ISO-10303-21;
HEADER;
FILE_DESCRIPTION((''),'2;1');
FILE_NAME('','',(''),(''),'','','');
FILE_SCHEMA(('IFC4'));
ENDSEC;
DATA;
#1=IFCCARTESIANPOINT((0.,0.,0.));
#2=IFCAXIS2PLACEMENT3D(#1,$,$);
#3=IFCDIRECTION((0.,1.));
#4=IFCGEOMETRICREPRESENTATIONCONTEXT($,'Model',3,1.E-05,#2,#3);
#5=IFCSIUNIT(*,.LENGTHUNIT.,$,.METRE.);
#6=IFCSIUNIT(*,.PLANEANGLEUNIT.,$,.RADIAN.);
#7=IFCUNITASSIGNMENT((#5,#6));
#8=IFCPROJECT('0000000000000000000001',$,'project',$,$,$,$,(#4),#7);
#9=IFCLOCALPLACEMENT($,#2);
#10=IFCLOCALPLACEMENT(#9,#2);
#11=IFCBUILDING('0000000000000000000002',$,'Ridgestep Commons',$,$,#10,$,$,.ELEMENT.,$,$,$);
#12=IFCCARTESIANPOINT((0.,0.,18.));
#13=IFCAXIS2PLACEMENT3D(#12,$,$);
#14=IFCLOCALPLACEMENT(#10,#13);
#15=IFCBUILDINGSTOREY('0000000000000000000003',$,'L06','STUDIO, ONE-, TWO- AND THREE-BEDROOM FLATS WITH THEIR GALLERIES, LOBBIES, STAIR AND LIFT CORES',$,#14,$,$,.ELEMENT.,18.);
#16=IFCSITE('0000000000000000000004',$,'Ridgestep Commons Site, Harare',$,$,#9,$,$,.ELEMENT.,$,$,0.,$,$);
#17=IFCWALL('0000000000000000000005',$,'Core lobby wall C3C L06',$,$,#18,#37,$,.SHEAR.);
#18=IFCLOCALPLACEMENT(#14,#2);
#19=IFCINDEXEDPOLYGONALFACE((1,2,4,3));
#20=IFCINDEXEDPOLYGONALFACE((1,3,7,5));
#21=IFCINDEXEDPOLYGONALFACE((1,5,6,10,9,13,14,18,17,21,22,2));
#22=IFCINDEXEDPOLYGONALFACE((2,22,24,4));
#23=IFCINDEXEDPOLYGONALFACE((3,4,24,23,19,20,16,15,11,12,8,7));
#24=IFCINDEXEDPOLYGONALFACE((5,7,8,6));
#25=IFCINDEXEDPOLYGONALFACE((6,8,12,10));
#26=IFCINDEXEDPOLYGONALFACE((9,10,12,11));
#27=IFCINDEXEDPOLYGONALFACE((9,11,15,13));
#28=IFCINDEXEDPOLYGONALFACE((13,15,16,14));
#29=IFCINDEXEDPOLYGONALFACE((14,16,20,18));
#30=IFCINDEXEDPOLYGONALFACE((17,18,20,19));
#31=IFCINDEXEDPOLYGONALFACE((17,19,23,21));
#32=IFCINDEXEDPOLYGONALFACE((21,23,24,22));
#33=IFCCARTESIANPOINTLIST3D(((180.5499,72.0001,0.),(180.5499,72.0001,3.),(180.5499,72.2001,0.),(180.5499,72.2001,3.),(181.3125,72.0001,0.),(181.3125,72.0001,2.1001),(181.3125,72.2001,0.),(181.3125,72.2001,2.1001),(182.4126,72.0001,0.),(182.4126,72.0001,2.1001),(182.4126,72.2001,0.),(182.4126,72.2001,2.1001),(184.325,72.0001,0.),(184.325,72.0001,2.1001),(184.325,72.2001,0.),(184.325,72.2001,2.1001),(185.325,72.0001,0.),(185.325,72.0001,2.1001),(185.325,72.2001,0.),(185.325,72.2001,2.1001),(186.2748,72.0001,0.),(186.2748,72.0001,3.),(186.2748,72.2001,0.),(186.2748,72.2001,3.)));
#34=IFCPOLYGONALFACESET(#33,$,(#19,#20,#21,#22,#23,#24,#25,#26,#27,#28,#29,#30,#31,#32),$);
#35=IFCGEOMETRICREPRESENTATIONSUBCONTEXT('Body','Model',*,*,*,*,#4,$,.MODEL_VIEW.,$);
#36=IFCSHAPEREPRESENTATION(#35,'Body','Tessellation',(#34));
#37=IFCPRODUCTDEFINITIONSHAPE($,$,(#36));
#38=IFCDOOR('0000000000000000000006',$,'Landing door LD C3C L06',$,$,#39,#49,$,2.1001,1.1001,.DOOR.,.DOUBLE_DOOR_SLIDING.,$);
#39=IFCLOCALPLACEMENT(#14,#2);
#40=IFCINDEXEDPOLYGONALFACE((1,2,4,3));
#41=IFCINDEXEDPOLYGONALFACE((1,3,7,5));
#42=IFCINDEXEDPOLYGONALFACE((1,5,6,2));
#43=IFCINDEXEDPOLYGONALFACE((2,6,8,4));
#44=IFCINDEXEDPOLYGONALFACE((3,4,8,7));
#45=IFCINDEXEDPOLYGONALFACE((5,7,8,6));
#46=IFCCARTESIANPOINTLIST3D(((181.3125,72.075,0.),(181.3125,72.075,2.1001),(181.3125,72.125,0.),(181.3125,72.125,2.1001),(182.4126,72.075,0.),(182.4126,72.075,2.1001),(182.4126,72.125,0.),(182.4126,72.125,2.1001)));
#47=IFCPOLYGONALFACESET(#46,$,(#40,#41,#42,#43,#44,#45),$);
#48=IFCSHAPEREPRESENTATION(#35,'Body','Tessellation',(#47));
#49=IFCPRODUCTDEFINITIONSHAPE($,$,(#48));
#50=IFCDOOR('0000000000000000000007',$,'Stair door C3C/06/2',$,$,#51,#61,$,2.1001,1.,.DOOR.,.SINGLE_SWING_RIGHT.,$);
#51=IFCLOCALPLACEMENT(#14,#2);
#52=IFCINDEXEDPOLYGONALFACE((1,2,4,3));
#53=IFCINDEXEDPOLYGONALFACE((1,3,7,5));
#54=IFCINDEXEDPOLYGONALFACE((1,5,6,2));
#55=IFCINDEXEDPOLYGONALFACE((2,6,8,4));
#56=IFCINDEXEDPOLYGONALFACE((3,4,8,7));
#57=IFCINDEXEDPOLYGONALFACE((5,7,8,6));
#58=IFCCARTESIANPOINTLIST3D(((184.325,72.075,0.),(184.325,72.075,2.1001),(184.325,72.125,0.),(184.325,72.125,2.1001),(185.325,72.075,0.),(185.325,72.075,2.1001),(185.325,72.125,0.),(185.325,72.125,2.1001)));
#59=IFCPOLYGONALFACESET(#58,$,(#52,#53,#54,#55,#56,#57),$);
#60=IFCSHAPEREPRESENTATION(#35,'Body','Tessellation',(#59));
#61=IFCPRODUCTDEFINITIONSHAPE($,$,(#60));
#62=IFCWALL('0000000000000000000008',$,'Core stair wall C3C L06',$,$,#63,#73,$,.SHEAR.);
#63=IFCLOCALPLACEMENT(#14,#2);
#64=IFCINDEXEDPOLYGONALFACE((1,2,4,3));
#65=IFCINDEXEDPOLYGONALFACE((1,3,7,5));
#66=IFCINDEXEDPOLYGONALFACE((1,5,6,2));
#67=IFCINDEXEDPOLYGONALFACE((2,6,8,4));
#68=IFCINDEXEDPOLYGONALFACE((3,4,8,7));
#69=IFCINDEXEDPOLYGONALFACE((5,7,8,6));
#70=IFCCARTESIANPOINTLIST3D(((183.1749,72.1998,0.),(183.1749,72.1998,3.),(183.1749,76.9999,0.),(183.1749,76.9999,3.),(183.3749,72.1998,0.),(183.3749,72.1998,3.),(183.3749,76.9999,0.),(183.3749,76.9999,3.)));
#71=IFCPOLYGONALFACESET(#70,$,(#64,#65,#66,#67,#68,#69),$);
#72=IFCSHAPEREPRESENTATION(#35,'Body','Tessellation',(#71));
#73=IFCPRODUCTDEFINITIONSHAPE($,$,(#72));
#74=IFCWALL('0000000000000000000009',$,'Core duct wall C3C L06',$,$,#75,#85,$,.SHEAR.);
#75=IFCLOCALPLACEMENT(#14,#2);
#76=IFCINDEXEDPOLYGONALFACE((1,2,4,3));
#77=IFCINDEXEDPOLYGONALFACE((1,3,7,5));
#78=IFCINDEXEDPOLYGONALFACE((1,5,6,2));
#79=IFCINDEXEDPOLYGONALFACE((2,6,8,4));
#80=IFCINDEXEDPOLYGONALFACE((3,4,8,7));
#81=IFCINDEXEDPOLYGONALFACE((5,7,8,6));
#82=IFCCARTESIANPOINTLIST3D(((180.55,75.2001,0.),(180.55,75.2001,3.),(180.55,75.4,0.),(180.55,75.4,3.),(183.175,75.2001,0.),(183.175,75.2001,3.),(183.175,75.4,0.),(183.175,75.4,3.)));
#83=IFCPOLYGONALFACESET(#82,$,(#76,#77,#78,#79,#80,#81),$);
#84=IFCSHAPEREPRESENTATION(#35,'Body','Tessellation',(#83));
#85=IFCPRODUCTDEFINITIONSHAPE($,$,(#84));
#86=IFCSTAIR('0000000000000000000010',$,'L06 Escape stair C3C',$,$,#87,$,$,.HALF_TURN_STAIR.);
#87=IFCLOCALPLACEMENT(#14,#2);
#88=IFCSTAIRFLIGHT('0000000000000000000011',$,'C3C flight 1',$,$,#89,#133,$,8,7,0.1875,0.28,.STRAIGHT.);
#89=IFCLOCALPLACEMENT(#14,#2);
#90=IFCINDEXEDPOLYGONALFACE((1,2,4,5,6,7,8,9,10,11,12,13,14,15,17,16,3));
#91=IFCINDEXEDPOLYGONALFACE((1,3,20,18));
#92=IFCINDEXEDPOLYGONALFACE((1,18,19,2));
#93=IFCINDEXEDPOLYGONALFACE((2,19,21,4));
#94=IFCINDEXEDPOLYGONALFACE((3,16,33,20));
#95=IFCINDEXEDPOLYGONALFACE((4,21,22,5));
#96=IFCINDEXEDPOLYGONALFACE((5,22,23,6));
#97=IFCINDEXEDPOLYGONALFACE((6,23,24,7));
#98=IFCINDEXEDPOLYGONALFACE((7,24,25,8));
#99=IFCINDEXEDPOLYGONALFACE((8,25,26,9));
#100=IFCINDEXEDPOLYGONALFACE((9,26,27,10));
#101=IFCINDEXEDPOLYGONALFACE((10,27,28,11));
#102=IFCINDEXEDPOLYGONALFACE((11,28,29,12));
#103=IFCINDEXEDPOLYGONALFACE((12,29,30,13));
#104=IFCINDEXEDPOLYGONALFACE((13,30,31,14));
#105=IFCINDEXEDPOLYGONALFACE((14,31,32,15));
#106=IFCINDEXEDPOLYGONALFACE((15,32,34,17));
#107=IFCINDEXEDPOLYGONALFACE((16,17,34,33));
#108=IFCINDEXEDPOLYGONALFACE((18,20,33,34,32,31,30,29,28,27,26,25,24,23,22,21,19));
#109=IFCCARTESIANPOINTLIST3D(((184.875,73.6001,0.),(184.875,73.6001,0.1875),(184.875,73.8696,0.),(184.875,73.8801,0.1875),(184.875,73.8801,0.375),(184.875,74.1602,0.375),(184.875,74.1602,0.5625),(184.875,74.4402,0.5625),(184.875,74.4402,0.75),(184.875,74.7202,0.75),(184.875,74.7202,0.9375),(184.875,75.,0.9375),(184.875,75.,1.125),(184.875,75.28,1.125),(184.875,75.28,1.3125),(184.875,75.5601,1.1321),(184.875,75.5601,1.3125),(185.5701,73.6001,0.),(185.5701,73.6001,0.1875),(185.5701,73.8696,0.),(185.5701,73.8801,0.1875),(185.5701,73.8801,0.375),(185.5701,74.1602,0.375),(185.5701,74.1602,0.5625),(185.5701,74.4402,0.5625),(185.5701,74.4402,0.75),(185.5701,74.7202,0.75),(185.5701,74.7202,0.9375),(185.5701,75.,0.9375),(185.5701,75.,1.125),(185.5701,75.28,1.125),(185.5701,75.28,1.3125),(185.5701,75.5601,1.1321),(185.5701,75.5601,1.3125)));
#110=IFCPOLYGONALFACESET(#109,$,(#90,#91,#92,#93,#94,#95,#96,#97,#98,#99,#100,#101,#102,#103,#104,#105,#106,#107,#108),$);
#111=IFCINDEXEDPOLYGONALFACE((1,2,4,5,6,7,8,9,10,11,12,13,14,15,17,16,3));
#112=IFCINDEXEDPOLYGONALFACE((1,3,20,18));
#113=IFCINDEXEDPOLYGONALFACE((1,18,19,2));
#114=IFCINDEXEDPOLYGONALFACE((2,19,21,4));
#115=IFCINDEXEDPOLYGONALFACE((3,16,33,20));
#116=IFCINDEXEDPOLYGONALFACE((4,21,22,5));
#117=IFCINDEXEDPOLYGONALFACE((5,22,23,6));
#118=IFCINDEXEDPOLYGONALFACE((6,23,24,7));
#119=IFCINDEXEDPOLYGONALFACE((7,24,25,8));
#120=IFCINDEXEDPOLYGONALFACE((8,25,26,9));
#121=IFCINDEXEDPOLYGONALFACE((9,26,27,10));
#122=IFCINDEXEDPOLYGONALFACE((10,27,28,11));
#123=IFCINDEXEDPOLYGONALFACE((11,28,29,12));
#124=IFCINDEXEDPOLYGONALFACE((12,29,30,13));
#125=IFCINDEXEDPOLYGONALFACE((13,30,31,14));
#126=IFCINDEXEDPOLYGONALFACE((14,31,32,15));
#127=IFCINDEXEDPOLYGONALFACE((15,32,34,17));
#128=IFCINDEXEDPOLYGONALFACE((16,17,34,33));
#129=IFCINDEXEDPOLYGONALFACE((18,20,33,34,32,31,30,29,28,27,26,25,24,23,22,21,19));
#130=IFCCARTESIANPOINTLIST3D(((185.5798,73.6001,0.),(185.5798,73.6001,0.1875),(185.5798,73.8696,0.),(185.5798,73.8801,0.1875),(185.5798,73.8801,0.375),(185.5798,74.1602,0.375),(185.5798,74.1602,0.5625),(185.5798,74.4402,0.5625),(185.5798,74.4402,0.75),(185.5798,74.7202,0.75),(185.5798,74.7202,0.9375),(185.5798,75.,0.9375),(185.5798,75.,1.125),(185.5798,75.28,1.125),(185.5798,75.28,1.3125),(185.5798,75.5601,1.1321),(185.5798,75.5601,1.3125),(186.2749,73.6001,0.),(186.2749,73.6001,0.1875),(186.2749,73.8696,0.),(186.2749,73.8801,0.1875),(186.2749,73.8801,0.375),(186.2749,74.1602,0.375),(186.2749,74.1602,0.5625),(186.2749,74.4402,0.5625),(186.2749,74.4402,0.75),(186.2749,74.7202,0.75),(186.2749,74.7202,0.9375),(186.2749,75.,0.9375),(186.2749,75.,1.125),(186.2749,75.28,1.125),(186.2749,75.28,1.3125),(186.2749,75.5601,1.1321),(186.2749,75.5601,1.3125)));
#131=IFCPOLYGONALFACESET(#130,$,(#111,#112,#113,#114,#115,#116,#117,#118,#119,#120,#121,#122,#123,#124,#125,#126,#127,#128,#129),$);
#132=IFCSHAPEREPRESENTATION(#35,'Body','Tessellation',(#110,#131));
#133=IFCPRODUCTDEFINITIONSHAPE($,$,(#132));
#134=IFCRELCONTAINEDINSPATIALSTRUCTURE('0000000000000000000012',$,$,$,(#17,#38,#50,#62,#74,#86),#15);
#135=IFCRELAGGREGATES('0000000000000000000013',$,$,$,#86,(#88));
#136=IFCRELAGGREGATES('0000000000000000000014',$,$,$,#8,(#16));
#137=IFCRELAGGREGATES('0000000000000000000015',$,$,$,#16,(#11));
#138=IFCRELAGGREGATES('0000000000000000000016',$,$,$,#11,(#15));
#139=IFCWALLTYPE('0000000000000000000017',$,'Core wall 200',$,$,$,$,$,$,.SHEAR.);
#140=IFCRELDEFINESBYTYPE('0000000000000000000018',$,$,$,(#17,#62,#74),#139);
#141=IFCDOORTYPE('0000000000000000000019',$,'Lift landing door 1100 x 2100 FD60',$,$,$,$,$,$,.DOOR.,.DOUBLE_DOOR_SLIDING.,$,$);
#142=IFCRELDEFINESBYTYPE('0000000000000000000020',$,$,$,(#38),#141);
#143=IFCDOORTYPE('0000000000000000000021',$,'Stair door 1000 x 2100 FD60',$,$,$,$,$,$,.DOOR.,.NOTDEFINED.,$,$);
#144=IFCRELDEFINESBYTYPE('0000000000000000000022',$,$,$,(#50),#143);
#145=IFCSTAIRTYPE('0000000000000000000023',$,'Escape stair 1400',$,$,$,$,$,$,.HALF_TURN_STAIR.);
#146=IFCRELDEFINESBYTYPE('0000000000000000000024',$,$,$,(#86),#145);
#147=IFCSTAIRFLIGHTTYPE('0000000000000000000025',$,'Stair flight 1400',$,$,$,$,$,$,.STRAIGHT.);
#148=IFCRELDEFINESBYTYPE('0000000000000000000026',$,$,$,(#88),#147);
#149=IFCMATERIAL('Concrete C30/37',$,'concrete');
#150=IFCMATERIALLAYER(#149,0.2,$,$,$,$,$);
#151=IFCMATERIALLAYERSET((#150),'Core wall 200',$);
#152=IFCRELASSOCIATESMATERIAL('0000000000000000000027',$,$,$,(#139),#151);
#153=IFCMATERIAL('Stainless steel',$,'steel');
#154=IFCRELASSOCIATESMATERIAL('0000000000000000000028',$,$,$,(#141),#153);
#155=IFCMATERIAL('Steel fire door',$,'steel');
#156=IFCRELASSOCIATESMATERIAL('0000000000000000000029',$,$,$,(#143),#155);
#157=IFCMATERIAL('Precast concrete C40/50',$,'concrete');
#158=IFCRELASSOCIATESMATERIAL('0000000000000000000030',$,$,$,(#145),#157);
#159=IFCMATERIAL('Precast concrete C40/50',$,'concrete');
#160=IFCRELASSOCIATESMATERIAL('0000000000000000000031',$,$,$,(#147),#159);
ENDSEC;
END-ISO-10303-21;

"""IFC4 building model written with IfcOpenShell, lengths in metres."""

from ifc_helpers import new_model, si_unit, direction, frame, frame_2d, origin, place, context, subcontext, project, spatial, polyline, rectangle, outline, extrude, material, layer, layer_set, type_object, element, fill, aggregate, save


model = new_model("IFC4")

# Units and contexts
model_context = context("Model", 3, precision=1e-05, world=origin(), true_north=direction((0.0, 1.0)))
body_context = subcontext(model_context, "Body", "Model", "MODEL_VIEW")
ifc_project = project(units=[si_unit("LENGTHUNIT", "METRE"), si_unit("PLANEANGLEUNIT", "RADIAN")], contexts=[model_context])

# Site, building, storey
site_placement = place(None, origin())
site = spatial("IfcSite", under=ifc_project, at=site_placement, Name="Ridgestep Commons Site, Harare", CompositionType="ELEMENT", RefElevation=0.0)
building_placement = place(site_placement, origin())
building = spatial("IfcBuilding", under=site, at=building_placement, Name="Ridgestep Commons", CompositionType="ELEMENT")
storey_placement = place(building_placement, frame((0.0, 0.0, 18.0)))
storey = spatial("IfcBuildingStorey", under=building, at=storey_placement, Name="L06", Description="STUDIO, ONE-, TWO- AND THREE-BEDROOM FLATS WITH THEIR GALLERIES, LOBBIES, STAIR AND LIFT CORES", CompositionType="ELEMENT", Elevation=18.0)

# Shared definitions
ifc_material_1 = material(Name="Concrete C30/37", Category="concrete")
ifc_layer_1 = layer(ifc_material_1, 0.2)
ifc_layer_set_1 = layer_set([ifc_layer_1], Name="Core wall 200")
wall_type_1 = type_object("IfcWallType", Name="Core wall 200", PredefinedType="SHEAR", material=ifc_layer_set_1)

# Wall, openings, doors
wall_1_placement = place(storey_placement, frame((180.55, 72.1001, 0.0), z_axis=(0.0, 0.0, 1.0), x_axis=(1.0, 0.0, 0.0)))
wall_1 = element("IfcWall", 1, at=wall_1_placement, inside=storey, type_object=wall_type_1, Name="Core lobby wall C3C L06", PredefinedType="SHEAR", context=body_context, shape_type="SweptSolid", body=[
    extrude(rectangle(XDim=5.7249, YDim=0.2, at=frame_2d((2.8623, 0.0))), origin(), (0.0, 0.0, 1.0), 3.0),
])
opening_1_placement = place(wall_1_placement, frame((3.7749, 0.0, 0.0)))
opening_1 = element("IfcOpeningElement", 2, at=opening_1_placement, cuts=wall_1, PredefinedType="OPENING", context=body_context, shape_type="SweptSolid", body=[
    extrude(rectangle(XDim=1.0, YDim=2.1001, at=frame_2d((0.5, 1.05))), frame((0.0, 0.1099, 0.0), z_axis=(0.0, -1.0, 0.0), x_axis=(1.0, 0.0, 0.0)), (0.0, 0.0, 1.0), 0.22),
])
opening_2_placement = place(wall_1_placement, frame((0.7625, 0.0, 0.0)))
opening_2 = element("IfcOpeningElement", 3, at=opening_2_placement, cuts=wall_1, PredefinedType="OPENING", context=body_context, shape_type="SweptSolid", body=[
    extrude(rectangle(XDim=1.1001, YDim=2.1001, at=frame_2d((0.55, 1.05))), frame((0.0, 0.1099, 0.0), z_axis=(0.0, -1.0, 0.0), x_axis=(1.0, 0.0, 0.0)), (0.0, 0.0, 1.0), 0.22),
])
ifc_material_2 = material(Name="Stainless steel", Category="steel")
door_type_1 = type_object("IfcDoorType", Name="Lift landing door 1100 x 2100 FD60", OperationType="DOUBLE_DOOR_SLIDING", PredefinedType="DOOR", material=ifc_material_2)
door_1_placement = place(opening_2_placement, origin())
door_1 = element("IfcDoor", 4, at=door_1_placement, inside=storey, type_object=door_type_1, Name="Landing door LD C3C L06", OperationType="DOUBLE_DOOR_SLIDING", OverallHeight=2.1001, OverallWidth=1.1001, PredefinedType="DOOR", context=body_context, shape_type="SweptSolid", body=[
    extrude(rectangle(XDim=1.1001, YDim=2.1001, at=frame_2d((0.55, 1.05))), frame((0.0, 0.0249, 0.0), z_axis=(0.0, -1.0, 0.0), x_axis=(1.0, 0.0, 0.0)), (0.0, 0.0, 1.0), 0.05),
])
fill(opening_2, door_1)
ifc_material_3 = material(Name="Steel fire door", Category="steel")
door_type_2 = type_object("IfcDoorType", Name="Stair door 1000 x 2100 FD60", OperationType="NOTDEFINED", PredefinedType="DOOR", material=ifc_material_3)
door_2_placement = place(opening_1_placement, origin())
door_2 = element("IfcDoor", 5, at=door_2_placement, inside=storey, type_object=door_type_2, Name="Stair door C3C/06/2", OperationType="SINGLE_SWING_RIGHT", OverallHeight=2.1001, OverallWidth=1.0, PredefinedType="DOOR", context=body_context, shape_type="SweptSolid", body=[
    extrude(rectangle(XDim=1.0, YDim=2.1001, at=frame_2d((0.5, 1.05))), frame((0.0, 0.0249, 0.0), z_axis=(0.0, -1.0, 0.0), x_axis=(1.0, 0.0, 0.0)), (0.0, 0.0, 1.0), 0.05),
])
fill(opening_1, door_2)

# Walls
wall_2_placement = place(storey_placement, frame((183.2749, 72.2, 0.0), z_axis=(0.0, 0.0, 1.0), x_axis=(0.0, 1.0, 0.0)))
element("IfcWall", 6, at=wall_2_placement, inside=storey, type_object=wall_type_1, Name="Core stair wall C3C L06", PredefinedType="SHEAR", context=body_context, shape_type="SweptSolid", body=[
    extrude(rectangle(XDim=4.8, YDim=0.2, at=frame_2d((2.3999, 0.0))), origin(), (0.0, 0.0, 1.0), 3.0),
])
wall_3_placement = place(storey_placement, frame((180.55, 75.3, 0.0), z_axis=(0.0, 0.0, 1.0), x_axis=(1.0, 0.0, 0.0)))
element("IfcWall", 7, at=wall_3_placement, inside=storey, type_object=wall_type_1, Name="Core duct wall C3C L06", PredefinedType="SHEAR", context=body_context, shape_type="SweptSolid", body=[
    extrude(rectangle(XDim=2.625, YDim=0.2, at=frame_2d((1.3125, 0.0))), origin(), (0.0, 0.0, 1.0), 3.0),
])

# Stair, stair flight
ifc_material_4 = material(Name="Precast concrete C40/50", Category="concrete")
stair_type = type_object("IfcStairType", Name="Escape stair 1400", PredefinedType="HALF_TURN_STAIR", material=ifc_material_4)
stair_placement = place(storey_placement, origin())
stair = element("IfcStair", 8, at=stair_placement, inside=storey, type_object=stair_type, Name="L06 Escape stair C3C", PredefinedType="HALF_TURN_STAIR")
ifc_material_5 = material(Name="Precast concrete C40/50", Category="concrete")
stair_flight_type = type_object("IfcStairFlightType", Name="Stair flight 1400", PredefinedType="STRAIGHT", material=ifc_material_5)
stair_flight_placement = place(storey_placement, frame((185.575, 73.6001, 0.0), z_axis=(0.0, 0.0, 1.0), x_axis=(0.0, 1.0, 0.0)))
stair_flight = element("IfcStairFlight", 9, at=stair_flight_placement, type_object=stair_flight_type, Name="C3C flight 1", NumberOfRisers=8, NumberOfTreads=7, PredefinedType="STRAIGHT", RiserHeight=0.1875, TreadLength=0.28, context=body_context, shape_type="SweptSolid", body=[
    extrude(outline(polyline([(0.0, 0.0), (0.0, 0.1875), (0.28, 0.1875), (0.28, 0.375), (0.5601, 0.375), (0.5601, 0.5625), (0.8401, 0.5625), (0.8401, 0.75), (1.1201, 0.75), (1.1201, 0.9375), (1.3999, 0.9375), (1.3999, 1.125), (1.6799, 1.125), (1.6799, 1.3125), (1.96, 1.3125), (1.96, 1.5), (1.96, 1.1321), (0.2695, 0.0), (0.0, 0.0)])), frame((0.0, 0.7, 0.0), z_axis=(0.0, -1.0, 0.0), x_axis=(1.0, 0.0, 0.0)), (0.0, 0.0, 1.0), 0.6951),
    extrude(outline(polyline([(0.0, 0.0), (0.0, 0.1875), (0.28, 0.1875), (0.28, 0.375), (0.5601, 0.375), (0.5601, 0.5625), (0.8401, 0.5625), (0.8401, 0.75), (1.1201, 0.75), (1.1201, 0.9375), (1.3999, 0.9375), (1.3999, 1.125), (1.6799, 1.125), (1.6799, 1.3125), (1.96, 1.3125), (1.96, 1.5), (1.96, 1.1321), (0.2695, 0.0), (0.0, 0.0)])), frame((0.0, -0.0049, 0.0), z_axis=(0.0, -1.0, 0.0), x_axis=(1.0, 0.0, 0.0)), (0.0, 0.0, 1.0), 0.6951),
])
aggregate(stair, [stair_flight])

save(model, "model.ifc")
